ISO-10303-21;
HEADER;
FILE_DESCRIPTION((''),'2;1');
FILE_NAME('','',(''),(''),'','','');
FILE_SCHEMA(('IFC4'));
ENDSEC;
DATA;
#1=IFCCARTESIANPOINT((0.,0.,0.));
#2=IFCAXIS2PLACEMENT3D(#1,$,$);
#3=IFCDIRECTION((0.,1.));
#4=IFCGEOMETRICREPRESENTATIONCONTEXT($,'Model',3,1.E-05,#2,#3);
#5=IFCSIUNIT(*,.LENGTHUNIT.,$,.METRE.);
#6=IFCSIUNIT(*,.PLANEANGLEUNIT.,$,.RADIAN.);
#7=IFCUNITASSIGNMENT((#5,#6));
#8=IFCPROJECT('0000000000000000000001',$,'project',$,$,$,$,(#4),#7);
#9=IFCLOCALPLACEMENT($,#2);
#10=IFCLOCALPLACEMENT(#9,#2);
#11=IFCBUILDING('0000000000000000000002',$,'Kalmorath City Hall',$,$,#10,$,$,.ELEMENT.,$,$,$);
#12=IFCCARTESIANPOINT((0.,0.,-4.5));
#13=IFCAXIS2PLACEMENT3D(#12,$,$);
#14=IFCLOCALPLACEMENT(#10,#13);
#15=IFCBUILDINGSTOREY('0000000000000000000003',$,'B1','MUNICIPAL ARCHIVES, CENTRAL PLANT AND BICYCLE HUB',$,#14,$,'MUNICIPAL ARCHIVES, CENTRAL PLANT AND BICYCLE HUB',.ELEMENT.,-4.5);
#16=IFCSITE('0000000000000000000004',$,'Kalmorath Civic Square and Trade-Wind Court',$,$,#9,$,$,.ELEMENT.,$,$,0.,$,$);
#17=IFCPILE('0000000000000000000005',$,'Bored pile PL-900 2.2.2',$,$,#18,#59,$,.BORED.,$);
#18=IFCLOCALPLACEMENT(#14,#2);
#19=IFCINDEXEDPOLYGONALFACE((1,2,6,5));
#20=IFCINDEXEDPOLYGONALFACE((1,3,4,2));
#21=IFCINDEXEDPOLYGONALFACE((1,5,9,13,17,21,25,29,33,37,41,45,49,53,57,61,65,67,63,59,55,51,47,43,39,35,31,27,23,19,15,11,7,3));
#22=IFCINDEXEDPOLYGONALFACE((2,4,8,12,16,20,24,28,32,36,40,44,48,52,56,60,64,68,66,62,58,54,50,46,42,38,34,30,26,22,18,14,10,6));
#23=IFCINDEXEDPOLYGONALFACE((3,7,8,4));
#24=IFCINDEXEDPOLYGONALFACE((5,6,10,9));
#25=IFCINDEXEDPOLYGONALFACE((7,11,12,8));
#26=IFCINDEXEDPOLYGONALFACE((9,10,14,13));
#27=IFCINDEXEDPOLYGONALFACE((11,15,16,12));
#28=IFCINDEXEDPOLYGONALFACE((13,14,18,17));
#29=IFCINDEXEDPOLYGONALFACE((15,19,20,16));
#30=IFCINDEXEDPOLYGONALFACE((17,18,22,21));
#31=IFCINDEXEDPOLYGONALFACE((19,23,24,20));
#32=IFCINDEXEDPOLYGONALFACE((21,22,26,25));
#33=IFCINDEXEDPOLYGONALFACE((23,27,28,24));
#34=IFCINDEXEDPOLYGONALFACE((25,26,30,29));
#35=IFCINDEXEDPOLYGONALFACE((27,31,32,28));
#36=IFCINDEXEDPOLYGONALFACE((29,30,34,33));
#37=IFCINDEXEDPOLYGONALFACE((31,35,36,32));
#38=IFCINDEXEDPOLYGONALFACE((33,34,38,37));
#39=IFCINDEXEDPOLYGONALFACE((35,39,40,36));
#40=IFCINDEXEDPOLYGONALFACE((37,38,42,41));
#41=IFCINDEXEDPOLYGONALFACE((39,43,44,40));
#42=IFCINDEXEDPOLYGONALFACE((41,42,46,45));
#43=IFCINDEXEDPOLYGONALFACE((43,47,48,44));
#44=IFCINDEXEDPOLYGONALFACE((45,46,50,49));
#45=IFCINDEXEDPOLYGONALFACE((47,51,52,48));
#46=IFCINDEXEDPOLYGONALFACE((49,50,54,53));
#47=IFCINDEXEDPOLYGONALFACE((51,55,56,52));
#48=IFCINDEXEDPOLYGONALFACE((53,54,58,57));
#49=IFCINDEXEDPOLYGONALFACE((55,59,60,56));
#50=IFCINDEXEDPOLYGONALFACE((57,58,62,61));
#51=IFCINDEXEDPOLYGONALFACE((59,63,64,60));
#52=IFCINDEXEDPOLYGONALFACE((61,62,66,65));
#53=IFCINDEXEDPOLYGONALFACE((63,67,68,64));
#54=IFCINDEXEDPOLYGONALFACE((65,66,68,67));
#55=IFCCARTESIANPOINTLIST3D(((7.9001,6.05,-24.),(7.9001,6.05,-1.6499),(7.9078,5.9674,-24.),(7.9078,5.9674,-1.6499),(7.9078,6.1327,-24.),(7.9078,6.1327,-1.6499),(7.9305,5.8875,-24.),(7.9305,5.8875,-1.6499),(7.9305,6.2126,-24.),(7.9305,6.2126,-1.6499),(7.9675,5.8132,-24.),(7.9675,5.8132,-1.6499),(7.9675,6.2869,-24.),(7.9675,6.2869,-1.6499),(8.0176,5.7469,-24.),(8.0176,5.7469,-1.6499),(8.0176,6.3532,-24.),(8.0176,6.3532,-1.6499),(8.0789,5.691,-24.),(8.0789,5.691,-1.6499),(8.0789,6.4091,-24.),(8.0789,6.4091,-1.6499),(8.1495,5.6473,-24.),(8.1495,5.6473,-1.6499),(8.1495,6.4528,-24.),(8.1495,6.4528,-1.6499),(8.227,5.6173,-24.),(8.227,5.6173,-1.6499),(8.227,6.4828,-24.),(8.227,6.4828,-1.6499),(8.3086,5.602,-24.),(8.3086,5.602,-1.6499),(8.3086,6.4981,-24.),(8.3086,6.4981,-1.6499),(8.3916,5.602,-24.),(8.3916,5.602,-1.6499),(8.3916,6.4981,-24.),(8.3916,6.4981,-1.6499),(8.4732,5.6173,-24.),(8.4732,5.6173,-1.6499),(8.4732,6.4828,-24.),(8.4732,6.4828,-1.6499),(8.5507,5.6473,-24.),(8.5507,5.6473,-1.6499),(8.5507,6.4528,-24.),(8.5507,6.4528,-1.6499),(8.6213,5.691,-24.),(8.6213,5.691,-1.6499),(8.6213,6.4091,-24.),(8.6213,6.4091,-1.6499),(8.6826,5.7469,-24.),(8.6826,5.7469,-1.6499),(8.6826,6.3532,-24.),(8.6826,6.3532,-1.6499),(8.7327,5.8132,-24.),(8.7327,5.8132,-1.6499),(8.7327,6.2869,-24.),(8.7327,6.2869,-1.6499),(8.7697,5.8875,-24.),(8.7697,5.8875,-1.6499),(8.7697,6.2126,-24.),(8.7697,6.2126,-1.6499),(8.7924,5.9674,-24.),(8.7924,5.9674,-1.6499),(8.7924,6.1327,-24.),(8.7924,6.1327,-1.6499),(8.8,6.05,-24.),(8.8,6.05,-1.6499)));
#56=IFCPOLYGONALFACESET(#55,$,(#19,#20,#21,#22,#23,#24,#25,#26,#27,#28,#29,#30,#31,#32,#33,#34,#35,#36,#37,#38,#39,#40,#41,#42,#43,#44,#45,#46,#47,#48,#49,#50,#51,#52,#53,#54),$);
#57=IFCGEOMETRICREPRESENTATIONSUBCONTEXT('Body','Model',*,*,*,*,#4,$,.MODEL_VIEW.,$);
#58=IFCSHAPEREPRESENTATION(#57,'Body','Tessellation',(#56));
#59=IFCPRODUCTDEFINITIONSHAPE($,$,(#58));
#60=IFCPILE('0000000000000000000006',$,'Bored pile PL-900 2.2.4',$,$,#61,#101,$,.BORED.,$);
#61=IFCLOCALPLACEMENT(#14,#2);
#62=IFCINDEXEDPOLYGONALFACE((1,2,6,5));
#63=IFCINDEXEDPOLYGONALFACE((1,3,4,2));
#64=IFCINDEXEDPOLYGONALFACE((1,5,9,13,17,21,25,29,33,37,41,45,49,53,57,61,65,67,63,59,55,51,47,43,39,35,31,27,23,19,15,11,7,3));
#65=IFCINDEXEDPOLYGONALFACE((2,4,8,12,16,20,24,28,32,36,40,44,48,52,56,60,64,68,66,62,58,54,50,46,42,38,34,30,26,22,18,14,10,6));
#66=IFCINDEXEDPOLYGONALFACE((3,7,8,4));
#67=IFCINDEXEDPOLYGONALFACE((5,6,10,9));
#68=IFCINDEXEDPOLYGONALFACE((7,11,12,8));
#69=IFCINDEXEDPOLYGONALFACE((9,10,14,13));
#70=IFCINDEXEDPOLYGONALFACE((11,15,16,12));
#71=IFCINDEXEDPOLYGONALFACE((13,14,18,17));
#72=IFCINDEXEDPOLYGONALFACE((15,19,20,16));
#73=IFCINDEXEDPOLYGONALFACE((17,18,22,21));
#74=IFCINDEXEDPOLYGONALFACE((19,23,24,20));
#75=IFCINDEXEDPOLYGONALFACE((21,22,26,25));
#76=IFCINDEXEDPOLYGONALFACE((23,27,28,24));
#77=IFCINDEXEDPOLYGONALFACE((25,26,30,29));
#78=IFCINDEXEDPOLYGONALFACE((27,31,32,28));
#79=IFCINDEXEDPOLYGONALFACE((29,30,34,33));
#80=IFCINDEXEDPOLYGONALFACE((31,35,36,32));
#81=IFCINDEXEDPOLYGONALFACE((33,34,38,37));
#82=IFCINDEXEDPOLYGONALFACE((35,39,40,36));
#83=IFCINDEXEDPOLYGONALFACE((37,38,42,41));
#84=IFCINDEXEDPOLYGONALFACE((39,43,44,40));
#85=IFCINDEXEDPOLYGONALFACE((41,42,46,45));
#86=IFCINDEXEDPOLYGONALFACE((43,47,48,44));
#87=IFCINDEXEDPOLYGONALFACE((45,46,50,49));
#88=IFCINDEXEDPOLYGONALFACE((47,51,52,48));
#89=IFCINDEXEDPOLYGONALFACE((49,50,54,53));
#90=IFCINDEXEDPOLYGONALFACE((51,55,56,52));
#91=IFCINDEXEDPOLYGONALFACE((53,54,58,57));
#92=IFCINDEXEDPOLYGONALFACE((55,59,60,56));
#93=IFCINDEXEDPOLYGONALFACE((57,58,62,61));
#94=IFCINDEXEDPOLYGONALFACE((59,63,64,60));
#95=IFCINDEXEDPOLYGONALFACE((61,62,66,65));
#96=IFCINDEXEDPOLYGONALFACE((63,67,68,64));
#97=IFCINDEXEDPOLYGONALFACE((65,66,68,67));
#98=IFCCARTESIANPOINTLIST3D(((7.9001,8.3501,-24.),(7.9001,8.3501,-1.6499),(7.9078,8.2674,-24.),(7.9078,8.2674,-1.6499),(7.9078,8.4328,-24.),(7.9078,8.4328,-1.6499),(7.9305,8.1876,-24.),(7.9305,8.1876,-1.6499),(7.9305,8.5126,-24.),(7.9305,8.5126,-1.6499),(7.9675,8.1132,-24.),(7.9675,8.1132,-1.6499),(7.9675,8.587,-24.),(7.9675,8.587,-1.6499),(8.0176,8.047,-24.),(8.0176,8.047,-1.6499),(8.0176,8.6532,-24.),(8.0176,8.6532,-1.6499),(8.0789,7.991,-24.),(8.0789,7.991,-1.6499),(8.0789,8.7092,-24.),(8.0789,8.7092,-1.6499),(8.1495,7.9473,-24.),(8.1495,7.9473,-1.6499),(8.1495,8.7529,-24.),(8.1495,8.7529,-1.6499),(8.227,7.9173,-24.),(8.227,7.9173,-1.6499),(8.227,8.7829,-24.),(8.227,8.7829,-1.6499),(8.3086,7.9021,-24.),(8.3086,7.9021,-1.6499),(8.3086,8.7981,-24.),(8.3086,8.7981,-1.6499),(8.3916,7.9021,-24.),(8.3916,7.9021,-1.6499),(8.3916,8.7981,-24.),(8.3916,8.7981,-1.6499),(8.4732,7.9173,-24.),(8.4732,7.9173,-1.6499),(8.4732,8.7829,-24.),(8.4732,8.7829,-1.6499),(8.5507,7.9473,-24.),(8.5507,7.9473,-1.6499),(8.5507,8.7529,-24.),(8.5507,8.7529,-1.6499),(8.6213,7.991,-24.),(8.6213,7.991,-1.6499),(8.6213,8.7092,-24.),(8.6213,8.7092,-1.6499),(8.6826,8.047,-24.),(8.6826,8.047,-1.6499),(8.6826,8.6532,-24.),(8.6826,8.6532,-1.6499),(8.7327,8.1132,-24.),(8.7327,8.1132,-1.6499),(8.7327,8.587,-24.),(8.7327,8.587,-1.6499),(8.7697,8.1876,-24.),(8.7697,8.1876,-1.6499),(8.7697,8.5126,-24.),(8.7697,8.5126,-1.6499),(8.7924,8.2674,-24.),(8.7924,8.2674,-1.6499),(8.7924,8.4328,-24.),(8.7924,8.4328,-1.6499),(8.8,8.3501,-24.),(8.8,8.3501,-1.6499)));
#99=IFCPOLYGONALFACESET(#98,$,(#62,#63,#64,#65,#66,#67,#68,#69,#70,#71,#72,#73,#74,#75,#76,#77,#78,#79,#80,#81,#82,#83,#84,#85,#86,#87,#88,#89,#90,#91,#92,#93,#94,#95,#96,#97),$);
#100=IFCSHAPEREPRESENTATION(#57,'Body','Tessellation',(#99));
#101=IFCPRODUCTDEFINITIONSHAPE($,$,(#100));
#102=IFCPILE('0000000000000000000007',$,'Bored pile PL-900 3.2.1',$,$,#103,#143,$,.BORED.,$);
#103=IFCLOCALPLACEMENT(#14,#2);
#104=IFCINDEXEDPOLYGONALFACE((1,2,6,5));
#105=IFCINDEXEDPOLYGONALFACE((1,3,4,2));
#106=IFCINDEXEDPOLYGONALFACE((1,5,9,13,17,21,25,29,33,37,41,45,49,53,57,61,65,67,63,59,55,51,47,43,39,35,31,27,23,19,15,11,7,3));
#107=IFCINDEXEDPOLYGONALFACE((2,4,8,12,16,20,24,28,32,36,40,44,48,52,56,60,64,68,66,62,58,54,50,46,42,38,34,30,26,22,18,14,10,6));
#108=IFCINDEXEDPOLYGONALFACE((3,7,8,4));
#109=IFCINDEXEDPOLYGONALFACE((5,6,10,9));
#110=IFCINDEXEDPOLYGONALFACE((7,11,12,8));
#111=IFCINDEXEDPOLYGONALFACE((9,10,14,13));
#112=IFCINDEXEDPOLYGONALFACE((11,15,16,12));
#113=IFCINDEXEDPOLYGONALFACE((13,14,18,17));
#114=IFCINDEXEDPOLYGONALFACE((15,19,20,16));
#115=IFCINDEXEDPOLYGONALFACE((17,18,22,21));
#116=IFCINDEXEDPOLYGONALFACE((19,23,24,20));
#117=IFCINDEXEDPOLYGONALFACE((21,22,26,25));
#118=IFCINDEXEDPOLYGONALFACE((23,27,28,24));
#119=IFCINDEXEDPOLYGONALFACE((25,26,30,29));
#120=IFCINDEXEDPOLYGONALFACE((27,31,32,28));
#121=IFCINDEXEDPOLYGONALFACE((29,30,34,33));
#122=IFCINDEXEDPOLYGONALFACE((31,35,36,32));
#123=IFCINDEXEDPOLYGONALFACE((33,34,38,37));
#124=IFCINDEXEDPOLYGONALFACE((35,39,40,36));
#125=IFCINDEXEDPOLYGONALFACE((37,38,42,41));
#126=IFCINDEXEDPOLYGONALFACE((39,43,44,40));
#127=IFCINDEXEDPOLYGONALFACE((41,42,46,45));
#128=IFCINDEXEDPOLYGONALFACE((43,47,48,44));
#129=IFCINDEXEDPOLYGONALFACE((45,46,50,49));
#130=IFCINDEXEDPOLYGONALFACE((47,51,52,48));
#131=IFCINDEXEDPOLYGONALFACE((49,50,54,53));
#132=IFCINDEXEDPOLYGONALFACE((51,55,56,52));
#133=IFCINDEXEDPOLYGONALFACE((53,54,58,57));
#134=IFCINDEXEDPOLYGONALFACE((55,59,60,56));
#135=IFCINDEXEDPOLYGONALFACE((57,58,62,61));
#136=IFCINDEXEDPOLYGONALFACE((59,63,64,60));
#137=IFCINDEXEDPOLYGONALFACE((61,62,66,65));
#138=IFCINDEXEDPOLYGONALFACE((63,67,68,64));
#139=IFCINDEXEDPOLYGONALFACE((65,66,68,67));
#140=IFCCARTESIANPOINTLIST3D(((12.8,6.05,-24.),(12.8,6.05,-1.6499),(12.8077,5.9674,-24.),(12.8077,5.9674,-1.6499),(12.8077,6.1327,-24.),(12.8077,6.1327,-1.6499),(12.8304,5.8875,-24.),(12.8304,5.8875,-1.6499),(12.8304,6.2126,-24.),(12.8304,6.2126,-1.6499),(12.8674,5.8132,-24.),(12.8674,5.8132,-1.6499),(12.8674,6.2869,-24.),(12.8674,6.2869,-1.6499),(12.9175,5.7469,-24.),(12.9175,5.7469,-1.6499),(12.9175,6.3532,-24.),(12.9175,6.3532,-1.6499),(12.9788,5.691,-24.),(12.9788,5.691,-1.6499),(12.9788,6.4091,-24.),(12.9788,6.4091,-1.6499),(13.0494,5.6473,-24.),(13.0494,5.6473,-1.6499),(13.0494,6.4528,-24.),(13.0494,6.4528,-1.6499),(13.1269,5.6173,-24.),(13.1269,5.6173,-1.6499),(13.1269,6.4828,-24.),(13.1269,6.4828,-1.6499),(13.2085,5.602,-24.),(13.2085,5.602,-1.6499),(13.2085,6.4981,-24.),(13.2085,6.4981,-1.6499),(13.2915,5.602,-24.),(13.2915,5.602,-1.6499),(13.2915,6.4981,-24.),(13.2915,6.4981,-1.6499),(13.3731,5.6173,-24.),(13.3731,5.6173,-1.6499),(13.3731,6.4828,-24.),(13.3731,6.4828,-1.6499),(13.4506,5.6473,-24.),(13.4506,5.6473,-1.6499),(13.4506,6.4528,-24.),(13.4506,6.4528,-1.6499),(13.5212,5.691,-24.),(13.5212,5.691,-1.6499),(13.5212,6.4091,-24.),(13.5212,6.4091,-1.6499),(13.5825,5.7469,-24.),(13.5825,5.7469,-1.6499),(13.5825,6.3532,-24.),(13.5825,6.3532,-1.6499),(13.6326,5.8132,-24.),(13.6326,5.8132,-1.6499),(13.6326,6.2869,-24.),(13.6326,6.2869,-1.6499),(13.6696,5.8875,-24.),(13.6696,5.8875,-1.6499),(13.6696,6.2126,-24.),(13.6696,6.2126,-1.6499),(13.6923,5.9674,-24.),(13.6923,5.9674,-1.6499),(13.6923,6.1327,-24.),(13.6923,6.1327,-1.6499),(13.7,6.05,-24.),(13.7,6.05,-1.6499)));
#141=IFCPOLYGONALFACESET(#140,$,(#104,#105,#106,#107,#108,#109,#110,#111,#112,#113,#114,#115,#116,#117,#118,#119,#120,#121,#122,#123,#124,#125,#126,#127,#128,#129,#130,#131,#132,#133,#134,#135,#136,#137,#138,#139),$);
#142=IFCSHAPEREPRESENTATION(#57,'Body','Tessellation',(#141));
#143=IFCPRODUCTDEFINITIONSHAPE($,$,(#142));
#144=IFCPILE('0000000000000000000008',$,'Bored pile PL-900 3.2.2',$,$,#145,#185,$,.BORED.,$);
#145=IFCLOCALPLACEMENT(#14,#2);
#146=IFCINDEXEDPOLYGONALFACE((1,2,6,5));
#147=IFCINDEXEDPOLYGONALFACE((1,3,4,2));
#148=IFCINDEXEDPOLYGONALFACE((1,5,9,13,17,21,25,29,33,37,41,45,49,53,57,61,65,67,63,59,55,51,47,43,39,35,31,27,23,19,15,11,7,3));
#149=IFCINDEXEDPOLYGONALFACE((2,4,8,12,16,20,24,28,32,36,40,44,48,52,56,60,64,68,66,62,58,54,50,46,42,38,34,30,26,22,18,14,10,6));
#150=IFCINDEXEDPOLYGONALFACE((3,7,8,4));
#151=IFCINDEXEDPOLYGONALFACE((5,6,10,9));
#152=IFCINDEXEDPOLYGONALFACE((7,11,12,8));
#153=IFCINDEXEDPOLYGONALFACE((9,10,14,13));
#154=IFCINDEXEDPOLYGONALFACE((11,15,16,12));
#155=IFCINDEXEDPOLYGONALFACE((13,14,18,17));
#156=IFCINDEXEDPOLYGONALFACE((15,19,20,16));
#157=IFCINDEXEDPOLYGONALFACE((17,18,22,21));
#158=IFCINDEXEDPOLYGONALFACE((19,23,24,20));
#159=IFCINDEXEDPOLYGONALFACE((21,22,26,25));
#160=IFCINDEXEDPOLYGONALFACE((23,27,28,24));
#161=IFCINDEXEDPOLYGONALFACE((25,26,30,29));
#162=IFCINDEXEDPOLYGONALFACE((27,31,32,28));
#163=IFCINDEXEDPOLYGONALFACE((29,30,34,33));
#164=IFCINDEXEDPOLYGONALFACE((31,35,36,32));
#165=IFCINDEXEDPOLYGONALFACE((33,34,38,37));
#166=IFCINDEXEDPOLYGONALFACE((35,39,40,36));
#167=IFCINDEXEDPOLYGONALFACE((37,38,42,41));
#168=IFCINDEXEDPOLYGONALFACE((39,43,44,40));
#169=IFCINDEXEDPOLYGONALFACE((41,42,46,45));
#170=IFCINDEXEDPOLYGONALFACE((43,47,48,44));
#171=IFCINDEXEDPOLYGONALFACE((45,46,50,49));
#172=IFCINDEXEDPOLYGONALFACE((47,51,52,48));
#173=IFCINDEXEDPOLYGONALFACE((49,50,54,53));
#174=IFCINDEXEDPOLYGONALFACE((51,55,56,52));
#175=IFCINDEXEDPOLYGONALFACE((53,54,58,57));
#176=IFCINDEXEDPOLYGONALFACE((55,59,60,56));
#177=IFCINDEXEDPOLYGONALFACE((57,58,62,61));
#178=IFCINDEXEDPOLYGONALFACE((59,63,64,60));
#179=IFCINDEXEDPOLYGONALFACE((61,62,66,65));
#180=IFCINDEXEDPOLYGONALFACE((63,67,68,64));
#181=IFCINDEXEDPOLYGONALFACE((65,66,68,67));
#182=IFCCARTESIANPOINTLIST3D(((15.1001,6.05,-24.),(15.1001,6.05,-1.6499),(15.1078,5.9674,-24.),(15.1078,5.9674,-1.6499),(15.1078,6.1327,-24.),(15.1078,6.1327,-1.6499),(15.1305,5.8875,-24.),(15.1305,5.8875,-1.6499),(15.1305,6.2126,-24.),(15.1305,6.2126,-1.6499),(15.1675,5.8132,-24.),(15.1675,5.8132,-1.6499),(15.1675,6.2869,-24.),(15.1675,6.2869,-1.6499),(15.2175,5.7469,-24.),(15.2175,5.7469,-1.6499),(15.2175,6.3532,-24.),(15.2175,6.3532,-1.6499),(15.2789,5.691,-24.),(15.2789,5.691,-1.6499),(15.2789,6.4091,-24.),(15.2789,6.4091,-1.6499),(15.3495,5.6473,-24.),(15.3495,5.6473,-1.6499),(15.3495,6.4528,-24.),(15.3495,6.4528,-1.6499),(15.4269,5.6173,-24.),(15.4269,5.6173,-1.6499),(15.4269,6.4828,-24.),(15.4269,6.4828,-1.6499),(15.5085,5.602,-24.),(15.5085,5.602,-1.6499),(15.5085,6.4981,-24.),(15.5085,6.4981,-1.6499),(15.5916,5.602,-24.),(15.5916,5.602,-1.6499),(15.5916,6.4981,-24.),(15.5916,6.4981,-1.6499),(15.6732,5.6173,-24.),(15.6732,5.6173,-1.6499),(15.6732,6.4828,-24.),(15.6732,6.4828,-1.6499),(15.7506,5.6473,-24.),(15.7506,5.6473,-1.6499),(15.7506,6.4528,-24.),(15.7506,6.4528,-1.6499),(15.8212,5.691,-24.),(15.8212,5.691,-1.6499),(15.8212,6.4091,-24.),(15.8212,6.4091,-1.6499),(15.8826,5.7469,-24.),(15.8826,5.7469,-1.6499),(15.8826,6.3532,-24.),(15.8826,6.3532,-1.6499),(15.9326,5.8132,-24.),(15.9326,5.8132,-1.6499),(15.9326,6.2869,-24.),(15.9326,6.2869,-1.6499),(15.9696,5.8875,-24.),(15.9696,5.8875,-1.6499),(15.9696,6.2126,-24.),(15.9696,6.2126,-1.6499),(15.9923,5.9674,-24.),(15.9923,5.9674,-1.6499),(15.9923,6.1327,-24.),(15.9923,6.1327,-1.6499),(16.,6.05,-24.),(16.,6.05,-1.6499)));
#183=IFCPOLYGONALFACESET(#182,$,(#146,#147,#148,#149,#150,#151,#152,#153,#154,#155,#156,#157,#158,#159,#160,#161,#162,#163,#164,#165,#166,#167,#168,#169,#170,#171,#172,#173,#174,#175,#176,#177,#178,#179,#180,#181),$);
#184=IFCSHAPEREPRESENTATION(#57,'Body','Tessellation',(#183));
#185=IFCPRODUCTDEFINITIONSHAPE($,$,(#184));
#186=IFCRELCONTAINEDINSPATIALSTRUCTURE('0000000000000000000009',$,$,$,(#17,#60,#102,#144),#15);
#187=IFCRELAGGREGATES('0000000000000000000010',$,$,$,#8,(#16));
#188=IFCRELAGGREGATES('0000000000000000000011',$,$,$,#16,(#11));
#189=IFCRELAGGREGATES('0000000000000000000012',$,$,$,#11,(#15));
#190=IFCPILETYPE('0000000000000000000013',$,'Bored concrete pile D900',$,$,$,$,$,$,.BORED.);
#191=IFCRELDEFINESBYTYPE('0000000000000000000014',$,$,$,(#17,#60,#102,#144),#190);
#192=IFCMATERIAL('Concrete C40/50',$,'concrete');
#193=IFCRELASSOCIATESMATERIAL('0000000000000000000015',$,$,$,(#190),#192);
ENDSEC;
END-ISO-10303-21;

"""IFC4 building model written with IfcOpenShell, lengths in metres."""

from ifc_helpers import new_model, si_unit, direction, frame, origin, origin_2d, place, context, subcontext, project, spatial, circle, extrude, material, material_profile, profile_set, type_object, element, save


model = new_model("IFC4")

# Units and contexts
model_context = context("Model", 3, precision=1e-05, world=origin(), true_north=direction((0.0, 1.0)))
body_context = subcontext(model_context, "Body", "Model", "MODEL_VIEW")
ifc_project = project(units=[si_unit("LENGTHUNIT", "METRE"), si_unit("PLANEANGLEUNIT", "RADIAN")], contexts=[model_context])

# Site, building, storey
site_placement = place(None, origin())
site = spatial("IfcSite", under=ifc_project, at=site_placement, Name="Kalmorath Civic Square and Trade-Wind Court", CompositionType="ELEMENT", RefElevation=0.0)
building_placement = place(site_placement, origin())
building = spatial("IfcBuilding", under=site, at=building_placement, Name="Kalmorath City Hall", CompositionType="ELEMENT")
storey_placement = place(building_placement, frame((0.0, 0.0, -4.5)))
storey = spatial("IfcBuildingStorey", under=building, at=storey_placement, Name="B1", Description="MUNICIPAL ARCHIVES, CENTRAL PLANT AND BICYCLE HUB", LongName="MUNICIPAL ARCHIVES, CENTRAL PLANT AND BICYCLE HUB", CompositionType="ELEMENT", Elevation=-4.5)

# Piles
ifc_material_1 = material(Name="Concrete C40/50", Category="concrete")
ifc_material_profile_1 = material_profile(ifc_material_1, circle(Radius=0.45, at=origin_2d()), Name="PILE-D900")
ifc_profile_set_1 = profile_set([ifc_material_profile_1], Name="Concrete C40/50")
pile_type_1 = type_object("IfcPileType", Name="Bored concrete pile D900", PredefinedType="BORED", material=ifc_profile_set_1)
for number, where, z_axis, x_axis, name in (
    (1, (8.3501, 6.05, -1.6499), (0.0, 0.0, -1.0), (1.0, 0.0, 0.0), "Bored pile PL-900 2.2.2"),
    (2, (8.3501, 8.3501, -1.6499), (0.0, 0.0, -1.0), (1.0, 0.0, 0.0), "Bored pile PL-900 2.2.4"),
    (3, (13.25, 6.05, -1.6499), (0.0, 0.0, -1.0), (1.0, 0.0, 0.0), "Bored pile PL-900 3.2.1"),
    (4, (15.55, 6.05, -1.6499), (0.0, 0.0, -1.0), (1.0, 0.0, 0.0), "Bored pile PL-900 3.2.2"),
):
    element("IfcPile", number, at=place(storey_placement, frame(where, z_axis=z_axis, x_axis=x_axis)), inside=storey, type_object=pile_type_1, Name=name, PredefinedType="BORED", context=body_context, shape_type="SweptSolid", body=[
        extrude(circle(Radius=0.45, at=origin_2d()), origin(), (0.0, 0.0, 1.0), 22.3501),
    ])

save(model, "model.ifc")
